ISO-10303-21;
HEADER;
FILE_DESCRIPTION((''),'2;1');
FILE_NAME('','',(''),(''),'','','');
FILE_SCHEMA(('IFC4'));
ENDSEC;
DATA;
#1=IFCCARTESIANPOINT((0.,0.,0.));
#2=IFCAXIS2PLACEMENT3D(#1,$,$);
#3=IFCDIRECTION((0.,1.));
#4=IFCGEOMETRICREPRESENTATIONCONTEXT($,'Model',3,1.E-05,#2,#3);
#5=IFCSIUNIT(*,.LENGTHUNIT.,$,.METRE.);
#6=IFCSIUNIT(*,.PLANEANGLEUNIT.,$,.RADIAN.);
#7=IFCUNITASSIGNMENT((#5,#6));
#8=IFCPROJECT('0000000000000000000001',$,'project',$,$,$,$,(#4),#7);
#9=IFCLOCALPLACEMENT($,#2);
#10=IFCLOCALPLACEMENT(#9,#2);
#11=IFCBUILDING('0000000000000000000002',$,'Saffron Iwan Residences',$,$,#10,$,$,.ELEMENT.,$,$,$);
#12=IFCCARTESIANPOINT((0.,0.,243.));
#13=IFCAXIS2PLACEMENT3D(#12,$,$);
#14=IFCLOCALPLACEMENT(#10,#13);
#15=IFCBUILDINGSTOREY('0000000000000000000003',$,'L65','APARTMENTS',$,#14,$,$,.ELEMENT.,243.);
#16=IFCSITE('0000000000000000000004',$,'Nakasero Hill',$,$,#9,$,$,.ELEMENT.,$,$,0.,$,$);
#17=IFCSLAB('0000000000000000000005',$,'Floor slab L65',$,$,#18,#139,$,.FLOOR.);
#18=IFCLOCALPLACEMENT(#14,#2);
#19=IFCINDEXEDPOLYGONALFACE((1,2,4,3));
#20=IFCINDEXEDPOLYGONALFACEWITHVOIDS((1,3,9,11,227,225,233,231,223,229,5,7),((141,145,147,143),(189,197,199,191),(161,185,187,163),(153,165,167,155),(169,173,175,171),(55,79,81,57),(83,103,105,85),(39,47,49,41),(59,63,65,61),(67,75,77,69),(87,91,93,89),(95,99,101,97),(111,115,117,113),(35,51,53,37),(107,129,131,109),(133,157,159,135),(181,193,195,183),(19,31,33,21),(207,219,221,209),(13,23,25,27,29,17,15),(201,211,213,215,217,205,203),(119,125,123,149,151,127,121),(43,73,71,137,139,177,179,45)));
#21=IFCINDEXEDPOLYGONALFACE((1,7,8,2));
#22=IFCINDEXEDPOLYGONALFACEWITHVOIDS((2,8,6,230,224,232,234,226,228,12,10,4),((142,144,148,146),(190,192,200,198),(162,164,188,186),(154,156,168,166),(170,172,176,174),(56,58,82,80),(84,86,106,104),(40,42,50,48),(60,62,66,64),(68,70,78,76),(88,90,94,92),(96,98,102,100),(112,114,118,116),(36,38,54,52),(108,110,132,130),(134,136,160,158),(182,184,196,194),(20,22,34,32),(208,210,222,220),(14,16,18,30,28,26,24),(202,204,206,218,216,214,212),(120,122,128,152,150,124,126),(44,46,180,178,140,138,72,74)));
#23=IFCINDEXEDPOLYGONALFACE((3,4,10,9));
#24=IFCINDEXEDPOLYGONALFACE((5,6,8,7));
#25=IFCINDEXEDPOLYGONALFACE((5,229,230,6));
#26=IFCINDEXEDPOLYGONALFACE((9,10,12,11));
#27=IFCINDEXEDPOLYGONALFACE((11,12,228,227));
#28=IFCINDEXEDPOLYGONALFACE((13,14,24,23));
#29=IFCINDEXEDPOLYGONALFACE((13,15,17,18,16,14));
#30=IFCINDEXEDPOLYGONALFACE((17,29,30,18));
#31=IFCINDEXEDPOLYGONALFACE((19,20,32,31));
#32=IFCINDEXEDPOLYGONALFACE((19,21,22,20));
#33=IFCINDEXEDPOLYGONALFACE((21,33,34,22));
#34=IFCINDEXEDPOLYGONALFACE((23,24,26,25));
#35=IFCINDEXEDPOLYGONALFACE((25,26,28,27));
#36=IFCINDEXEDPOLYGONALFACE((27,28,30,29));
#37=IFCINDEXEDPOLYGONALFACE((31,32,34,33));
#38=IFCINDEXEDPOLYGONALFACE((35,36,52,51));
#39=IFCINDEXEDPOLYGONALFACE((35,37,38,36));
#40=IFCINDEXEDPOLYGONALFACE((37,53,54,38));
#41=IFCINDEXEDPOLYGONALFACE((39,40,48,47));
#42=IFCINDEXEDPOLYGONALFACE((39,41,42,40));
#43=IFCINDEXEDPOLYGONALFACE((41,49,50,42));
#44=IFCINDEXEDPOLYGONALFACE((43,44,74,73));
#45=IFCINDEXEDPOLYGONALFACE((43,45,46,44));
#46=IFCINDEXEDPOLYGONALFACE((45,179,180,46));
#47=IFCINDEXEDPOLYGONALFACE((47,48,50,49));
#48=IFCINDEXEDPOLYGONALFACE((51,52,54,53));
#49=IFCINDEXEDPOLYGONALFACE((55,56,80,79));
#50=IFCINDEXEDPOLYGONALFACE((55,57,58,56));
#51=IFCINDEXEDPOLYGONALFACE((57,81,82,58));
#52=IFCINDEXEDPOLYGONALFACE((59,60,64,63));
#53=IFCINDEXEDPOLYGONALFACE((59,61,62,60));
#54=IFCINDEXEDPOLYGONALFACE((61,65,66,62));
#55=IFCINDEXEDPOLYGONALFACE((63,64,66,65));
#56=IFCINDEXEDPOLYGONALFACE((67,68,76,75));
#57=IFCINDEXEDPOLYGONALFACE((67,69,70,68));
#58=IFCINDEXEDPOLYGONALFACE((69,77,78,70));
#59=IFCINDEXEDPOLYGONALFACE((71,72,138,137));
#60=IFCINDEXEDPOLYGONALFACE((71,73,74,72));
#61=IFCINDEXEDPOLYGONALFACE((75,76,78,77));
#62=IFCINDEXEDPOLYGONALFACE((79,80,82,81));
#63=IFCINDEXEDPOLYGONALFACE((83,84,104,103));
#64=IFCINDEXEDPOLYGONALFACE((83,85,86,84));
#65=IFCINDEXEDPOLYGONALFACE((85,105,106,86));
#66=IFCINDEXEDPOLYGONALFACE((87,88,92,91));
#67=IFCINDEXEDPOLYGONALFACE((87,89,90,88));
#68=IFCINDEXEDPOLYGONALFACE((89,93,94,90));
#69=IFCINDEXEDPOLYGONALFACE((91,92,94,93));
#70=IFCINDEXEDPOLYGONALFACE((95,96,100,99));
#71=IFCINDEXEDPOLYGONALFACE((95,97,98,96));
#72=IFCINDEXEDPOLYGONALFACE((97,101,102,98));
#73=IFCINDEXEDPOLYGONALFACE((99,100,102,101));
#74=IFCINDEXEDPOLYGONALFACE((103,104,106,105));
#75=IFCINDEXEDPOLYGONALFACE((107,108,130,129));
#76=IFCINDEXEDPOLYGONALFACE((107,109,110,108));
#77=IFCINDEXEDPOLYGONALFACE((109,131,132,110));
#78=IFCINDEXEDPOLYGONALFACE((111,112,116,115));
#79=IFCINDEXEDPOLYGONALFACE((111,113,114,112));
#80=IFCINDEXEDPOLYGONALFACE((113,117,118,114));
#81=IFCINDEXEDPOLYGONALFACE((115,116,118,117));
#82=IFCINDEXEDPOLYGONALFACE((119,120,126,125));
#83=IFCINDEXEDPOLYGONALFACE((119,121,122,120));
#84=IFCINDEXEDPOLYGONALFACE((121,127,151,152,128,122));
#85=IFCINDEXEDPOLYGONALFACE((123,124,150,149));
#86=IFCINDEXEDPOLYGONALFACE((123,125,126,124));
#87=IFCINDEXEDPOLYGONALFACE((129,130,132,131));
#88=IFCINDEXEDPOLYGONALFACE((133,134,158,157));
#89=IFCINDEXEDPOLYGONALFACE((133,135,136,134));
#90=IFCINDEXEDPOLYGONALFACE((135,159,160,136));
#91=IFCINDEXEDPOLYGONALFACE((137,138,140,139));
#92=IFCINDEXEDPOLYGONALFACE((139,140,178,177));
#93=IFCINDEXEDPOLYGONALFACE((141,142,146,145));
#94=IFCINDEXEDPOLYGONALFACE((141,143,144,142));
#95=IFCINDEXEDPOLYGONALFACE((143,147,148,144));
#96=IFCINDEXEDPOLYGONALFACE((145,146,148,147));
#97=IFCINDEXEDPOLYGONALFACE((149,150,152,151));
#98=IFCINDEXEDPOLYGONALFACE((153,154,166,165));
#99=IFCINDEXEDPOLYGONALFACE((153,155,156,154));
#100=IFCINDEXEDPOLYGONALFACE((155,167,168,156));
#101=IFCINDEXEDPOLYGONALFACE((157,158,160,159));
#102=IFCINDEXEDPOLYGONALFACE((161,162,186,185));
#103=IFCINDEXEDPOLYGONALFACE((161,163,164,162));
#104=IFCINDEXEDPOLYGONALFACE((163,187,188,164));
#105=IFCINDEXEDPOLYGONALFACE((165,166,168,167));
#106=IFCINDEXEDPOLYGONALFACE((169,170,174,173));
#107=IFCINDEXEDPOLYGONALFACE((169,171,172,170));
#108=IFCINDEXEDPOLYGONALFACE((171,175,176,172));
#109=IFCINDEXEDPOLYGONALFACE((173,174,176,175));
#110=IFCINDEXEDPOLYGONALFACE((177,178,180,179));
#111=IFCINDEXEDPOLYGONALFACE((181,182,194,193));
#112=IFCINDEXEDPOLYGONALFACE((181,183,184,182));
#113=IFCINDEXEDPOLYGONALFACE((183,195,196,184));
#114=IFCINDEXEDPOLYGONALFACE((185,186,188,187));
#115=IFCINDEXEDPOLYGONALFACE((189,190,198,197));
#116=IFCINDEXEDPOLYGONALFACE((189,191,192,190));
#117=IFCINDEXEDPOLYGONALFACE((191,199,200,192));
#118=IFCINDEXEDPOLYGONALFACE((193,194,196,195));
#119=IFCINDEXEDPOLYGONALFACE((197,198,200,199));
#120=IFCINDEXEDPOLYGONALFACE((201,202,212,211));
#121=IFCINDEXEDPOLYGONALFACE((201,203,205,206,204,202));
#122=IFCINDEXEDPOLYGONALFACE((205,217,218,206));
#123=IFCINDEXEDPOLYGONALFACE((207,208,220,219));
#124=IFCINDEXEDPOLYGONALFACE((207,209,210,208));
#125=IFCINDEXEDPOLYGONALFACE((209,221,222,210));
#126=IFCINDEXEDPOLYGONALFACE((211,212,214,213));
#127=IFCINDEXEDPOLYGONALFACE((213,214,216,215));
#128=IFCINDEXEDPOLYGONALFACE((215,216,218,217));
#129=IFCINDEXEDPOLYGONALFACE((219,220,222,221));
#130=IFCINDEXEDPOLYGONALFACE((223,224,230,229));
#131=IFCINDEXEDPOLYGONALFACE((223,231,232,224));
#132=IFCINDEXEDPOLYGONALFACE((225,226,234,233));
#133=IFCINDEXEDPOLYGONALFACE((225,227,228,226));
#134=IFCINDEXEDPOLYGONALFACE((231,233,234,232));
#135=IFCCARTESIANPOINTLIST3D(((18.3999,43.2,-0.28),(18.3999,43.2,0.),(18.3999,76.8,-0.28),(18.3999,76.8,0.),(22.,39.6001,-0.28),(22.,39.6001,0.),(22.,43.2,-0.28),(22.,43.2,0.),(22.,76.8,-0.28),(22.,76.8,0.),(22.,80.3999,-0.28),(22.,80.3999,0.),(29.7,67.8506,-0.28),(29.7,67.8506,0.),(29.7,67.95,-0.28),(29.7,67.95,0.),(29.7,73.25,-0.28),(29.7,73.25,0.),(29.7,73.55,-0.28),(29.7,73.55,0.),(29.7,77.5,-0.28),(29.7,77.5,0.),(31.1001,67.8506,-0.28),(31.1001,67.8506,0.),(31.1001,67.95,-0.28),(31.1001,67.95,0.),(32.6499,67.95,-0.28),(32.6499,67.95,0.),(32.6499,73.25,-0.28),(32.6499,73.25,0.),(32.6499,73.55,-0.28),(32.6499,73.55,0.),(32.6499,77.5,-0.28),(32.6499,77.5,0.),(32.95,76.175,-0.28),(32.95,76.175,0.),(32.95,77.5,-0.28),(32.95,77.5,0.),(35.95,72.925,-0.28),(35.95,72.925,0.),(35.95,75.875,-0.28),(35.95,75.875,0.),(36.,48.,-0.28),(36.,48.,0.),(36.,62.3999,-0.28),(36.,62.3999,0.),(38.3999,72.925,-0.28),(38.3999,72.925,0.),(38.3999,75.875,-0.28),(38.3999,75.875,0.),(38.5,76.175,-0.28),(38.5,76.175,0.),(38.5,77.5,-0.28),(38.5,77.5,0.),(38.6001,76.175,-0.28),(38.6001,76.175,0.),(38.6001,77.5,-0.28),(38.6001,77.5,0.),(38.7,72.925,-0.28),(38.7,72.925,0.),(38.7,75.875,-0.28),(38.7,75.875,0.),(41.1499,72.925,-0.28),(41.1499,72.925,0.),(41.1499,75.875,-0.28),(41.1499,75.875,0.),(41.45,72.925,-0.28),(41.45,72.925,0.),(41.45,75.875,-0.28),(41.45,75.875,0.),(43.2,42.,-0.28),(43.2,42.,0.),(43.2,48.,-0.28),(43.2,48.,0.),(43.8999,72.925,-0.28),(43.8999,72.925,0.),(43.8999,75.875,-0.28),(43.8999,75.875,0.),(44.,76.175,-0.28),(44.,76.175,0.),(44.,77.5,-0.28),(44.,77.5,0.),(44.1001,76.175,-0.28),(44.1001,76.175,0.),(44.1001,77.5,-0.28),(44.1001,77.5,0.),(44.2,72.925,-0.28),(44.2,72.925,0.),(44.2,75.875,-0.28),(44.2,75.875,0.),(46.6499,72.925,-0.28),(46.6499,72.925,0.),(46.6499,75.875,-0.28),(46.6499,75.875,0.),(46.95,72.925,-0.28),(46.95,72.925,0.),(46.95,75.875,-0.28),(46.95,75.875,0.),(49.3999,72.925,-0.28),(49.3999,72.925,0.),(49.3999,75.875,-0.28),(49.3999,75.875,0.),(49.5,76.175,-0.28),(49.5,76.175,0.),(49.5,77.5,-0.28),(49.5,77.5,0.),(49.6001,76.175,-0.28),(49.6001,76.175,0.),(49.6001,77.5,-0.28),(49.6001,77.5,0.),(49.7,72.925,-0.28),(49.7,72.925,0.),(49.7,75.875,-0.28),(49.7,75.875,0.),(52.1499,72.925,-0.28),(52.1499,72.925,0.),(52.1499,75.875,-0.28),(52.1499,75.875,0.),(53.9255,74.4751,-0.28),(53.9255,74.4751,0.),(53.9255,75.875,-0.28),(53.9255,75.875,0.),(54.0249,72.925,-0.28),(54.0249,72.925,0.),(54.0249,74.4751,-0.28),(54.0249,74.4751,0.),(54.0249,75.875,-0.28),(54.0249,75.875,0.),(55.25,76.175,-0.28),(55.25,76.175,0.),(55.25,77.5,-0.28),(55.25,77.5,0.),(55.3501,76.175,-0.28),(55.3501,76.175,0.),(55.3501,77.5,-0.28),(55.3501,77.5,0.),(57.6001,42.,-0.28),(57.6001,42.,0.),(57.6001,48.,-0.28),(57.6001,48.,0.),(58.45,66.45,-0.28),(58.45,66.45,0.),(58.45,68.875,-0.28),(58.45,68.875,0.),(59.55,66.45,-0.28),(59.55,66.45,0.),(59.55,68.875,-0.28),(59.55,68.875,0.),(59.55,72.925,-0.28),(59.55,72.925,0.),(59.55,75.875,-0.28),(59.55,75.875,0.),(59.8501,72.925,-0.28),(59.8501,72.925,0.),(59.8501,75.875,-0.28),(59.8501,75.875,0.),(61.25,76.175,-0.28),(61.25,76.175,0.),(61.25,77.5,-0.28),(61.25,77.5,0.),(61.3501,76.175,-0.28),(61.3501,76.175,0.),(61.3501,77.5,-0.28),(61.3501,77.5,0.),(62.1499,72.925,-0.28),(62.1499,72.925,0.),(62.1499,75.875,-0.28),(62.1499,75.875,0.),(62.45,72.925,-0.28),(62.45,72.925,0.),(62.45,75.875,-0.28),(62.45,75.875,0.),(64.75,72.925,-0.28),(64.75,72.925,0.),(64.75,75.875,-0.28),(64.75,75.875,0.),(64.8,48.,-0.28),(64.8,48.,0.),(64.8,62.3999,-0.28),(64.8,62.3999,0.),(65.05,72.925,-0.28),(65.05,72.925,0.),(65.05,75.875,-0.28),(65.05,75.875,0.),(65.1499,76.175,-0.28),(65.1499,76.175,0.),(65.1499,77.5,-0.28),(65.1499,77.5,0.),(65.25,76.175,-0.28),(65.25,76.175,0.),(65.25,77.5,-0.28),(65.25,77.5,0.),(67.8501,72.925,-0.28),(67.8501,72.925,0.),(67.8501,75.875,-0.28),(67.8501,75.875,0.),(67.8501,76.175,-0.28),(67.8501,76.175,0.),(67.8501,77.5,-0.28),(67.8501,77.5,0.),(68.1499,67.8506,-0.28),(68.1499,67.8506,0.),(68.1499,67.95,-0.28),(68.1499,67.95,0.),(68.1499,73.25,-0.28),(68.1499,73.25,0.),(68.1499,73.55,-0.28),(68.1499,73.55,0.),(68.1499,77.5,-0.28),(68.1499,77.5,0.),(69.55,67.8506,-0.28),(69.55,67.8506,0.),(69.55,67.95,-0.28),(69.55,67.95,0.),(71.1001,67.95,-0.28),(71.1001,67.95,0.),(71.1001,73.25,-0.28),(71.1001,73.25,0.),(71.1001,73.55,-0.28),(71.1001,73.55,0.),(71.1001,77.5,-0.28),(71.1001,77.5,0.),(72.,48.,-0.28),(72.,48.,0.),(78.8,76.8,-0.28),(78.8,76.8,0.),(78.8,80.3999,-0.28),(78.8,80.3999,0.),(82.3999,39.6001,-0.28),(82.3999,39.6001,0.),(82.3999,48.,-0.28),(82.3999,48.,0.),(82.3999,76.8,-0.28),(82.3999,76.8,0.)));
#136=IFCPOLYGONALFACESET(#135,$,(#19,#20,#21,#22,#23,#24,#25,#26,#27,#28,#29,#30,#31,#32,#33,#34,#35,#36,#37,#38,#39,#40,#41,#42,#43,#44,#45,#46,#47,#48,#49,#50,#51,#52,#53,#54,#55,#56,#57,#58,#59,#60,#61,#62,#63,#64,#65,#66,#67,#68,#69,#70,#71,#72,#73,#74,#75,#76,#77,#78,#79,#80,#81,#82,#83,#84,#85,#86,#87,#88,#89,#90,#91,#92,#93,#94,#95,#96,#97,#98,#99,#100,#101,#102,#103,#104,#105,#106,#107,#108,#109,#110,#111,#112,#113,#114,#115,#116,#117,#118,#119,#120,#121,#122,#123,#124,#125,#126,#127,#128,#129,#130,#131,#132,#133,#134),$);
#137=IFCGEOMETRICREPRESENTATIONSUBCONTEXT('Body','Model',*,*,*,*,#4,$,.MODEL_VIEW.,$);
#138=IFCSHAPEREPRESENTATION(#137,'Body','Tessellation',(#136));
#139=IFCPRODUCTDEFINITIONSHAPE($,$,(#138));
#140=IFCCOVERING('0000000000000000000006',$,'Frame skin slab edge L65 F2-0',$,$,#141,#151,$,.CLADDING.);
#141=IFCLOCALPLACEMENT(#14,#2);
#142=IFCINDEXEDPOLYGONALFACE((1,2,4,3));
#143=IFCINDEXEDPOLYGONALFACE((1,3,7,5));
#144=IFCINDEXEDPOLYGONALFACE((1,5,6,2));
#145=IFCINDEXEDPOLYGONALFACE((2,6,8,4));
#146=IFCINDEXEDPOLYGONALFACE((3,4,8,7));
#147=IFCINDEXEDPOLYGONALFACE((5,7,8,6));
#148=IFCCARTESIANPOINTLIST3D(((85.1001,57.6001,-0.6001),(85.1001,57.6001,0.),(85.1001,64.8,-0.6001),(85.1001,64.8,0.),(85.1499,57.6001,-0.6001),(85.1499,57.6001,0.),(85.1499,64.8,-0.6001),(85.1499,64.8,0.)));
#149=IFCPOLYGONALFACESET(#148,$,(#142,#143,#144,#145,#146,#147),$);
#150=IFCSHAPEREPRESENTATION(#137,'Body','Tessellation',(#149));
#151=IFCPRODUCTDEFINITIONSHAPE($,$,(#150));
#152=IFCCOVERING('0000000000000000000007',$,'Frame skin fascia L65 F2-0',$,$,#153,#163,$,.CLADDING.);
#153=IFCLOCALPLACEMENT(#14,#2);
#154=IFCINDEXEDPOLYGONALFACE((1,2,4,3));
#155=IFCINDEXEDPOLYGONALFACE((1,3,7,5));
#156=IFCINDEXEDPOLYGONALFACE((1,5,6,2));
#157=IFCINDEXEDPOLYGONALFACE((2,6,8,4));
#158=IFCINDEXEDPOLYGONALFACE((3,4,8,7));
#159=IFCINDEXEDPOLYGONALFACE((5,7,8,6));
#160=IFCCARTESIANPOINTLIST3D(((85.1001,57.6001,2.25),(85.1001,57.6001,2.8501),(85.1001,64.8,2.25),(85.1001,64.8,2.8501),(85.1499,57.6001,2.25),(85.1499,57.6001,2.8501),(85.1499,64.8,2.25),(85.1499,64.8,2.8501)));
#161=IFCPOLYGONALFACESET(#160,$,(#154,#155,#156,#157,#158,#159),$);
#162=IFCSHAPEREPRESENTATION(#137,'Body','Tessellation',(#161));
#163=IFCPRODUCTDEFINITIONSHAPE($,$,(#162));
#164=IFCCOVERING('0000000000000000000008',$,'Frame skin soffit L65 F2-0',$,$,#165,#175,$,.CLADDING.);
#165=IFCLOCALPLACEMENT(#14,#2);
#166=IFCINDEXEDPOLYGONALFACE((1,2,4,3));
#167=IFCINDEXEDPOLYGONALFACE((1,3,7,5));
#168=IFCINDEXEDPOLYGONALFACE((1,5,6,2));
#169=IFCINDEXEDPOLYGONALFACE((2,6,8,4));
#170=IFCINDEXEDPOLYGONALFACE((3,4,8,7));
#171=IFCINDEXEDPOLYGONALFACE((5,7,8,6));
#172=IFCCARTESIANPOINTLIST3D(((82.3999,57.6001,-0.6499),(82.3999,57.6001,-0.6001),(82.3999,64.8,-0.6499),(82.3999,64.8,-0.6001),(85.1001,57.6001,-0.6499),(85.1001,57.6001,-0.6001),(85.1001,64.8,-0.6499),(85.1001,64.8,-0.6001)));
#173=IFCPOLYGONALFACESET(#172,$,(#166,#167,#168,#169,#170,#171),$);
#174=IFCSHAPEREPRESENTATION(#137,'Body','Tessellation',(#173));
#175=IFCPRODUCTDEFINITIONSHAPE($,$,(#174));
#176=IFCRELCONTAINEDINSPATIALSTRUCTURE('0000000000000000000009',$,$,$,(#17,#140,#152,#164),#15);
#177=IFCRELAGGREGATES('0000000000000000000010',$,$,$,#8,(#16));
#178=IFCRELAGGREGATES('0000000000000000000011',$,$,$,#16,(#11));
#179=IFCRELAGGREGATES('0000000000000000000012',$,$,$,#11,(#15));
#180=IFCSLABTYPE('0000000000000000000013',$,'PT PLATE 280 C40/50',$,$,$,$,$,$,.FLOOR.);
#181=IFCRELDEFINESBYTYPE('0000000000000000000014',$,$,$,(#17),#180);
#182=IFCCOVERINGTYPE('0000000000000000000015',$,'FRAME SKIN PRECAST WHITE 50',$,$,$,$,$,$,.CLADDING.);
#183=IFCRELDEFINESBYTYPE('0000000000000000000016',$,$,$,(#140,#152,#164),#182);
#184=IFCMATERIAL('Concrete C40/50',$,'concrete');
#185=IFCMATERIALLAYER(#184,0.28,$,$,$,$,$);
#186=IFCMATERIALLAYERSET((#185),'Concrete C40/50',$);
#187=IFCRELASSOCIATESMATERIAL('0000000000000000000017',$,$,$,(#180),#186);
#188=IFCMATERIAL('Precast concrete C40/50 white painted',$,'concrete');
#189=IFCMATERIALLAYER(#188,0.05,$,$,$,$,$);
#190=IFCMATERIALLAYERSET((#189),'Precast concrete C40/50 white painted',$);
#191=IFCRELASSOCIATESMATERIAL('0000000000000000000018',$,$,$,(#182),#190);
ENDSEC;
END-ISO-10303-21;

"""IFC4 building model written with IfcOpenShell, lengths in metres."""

from ifc_helpers import new_model, si_unit, direction, frame, origin, place, context, subcontext, project, spatial, polyline, outline, extrude, material, layer, layer_set, type_object, element, save


model = new_model("IFC4")

# Units and contexts
model_context = context("Model", 3, precision=1e-05, world=origin(), true_north=direction((0.0, 1.0)))
body_context = subcontext(model_context, "Body", "Model", "MODEL_VIEW")
ifc_project = project(units=[si_unit("LENGTHUNIT", "METRE"), si_unit("PLANEANGLEUNIT", "RADIAN")], contexts=[model_context])

# Site, building, storey
site_placement = place(None, origin())
site = spatial("IfcSite", under=ifc_project, at=site_placement, Name="Nakasero Hill", CompositionType="ELEMENT", RefElevation=0.0)
building_placement = place(site_placement, origin())
building = spatial("IfcBuilding", under=site, at=building_placement, Name="Saffron Iwan Residences", CompositionType="ELEMENT")
storey_placement = place(building_placement, frame((0.0, 0.0, 243.0)))
storey = spatial("IfcBuildingStorey", under=building, at=storey_placement, Name="L65", Description="APARTMENTS", CompositionType="ELEMENT", Elevation=243.0)

# Slab
ifc_material_1 = material(Name="Concrete C40/50", Category="concrete")
ifc_layer_1 = layer(ifc_material_1, 0.28)
ifc_layer_set_1 = layer_set([ifc_layer_1], Name="Concrete C40/50")
slab_type_1 = type_object("IfcSlabType", Name="PT PLATE 280 C40/50", PredefinedType="FLOOR", material=ifc_layer_set_1)
slab_1_placement = place(storey_placement, frame((0.0, 0.0, -0.28)))
element("IfcSlab", 1, at=slab_1_placement, inside=storey, type_object=slab_type_1, Name="Floor slab L65", PredefinedType="FLOOR", context=body_context, shape_type="SweptSolid", body=[
    extrude(outline(polyline([(18.3999, 43.2), (18.3999, 76.8), (22.0, 76.8), (22.0, 80.3999), (78.8, 80.3999), (78.8, 76.8), (82.3999, 76.8), (82.3999, 48.0), (72.0, 48.0), (82.3999, 39.6001), (22.0, 39.6001), (22.0, 43.2), (18.3999, 43.2)]), holes=[polyline([(64.8, 48.0), (64.8, 62.3999), (36.0, 62.3999), (36.0, 48.0), (43.2, 48.0), (43.2, 42.0), (57.6001, 42.0), (57.6001, 48.0), (64.8, 48.0)]), polyline([(29.7, 73.25), (29.7, 67.95), (29.7, 67.8506), (31.1001, 67.8506), (31.1001, 67.95), (32.6499, 67.95), (32.6499, 73.25), (29.7, 73.25)]), polyline([(38.3999, 75.875), (35.95, 75.875), (35.95, 72.925), (38.3999, 72.925), (38.3999, 75.875)]), polyline([(41.1499, 75.875), (38.7, 75.875), (38.7, 72.925), (41.1499, 72.925), (41.1499, 75.875)]), polyline([(43.8999, 72.925), (43.8999, 75.875), (41.45, 75.875), (41.45, 72.925), (43.8999, 72.925)]), polyline([(46.6499, 72.925), (46.6499, 75.875), (44.2, 75.875), (44.2, 72.925), (46.6499, 72.925)]), polyline([(49.3999, 75.875), (46.95, 75.875), (46.95, 72.925), (49.3999, 72.925), (49.3999, 75.875)]), polyline([(52.1499, 72.925), (52.1499, 75.875), (49.7, 75.875), (49.7, 72.925), (52.1499, 72.925)]), polyline([(32.6499, 73.55), (32.6499, 77.5), (29.7, 77.5), (29.7, 73.55), (32.6499, 73.55)]), polyline([(38.5, 77.5), (32.95, 77.5), (32.95, 76.175), (38.5, 76.175), (38.5, 77.5)]), polyline([(44.0, 76.175), (44.0, 77.5), (38.6001, 77.5), (38.6001, 76.175), (44.0, 76.175)]), polyline([(49.5, 76.175), (49.5, 77.5), (44.1001, 77.5), (44.1001, 76.175), (49.5, 76.175)]), polyline([(59.55, 68.875), (58.45, 68.875), (58.45, 66.45), (59.55, 66.45), (59.55, 68.875)]), polyline([(68.1499, 73.25), (68.1499, 67.95), (68.1499, 67.8506), (69.55, 67.8506), (69.55, 67.95), (71.1001, 67.95), (71.1001, 73.25), (68.1499, 73.25)]), polyline([(54.0249, 74.4751), (54.0249, 72.925), (59.55, 72.925), (59.55, 75.875), (54.0249, 75.875), (53.9255, 75.875), (53.9255, 74.4751), (54.0249, 74.4751)]), polyline([(62.1499, 72.925), (62.1499, 75.875), (59.8501, 75.875), (59.8501, 72.925), (62.1499, 72.925)]), polyline([(64.75, 72.925), (64.75, 75.875), (62.45, 75.875), (62.45, 72.925), (64.75, 72.925)]), polyline([(67.8501, 75.875), (65.05, 75.875), (65.05, 72.925), (67.8501, 72.925), (67.8501, 75.875)]), polyline([(71.1001, 73.55), (71.1001, 77.5), (68.1499, 77.5), (68.1499, 73.55), (71.1001, 73.55)]), polyline([(55.25, 76.175), (55.25, 77.5), (49.6001, 77.5), (49.6001, 76.175), (55.25, 76.175)]), polyline([(61.25, 77.5), (55.3501, 77.5), (55.3501, 76.175), (61.25, 76.175), (61.25, 77.5)]), polyline([(65.1499, 76.175), (65.1499, 77.5), (61.3501, 77.5), (61.3501, 76.175), (65.1499, 76.175)]), polyline([(67.8501, 76.175), (67.8501, 77.5), (65.25, 77.5), (65.25, 76.175), (67.8501, 76.175)])]), origin(), (0.0, 0.0, 1.0), 0.28),
])

# Coverings
ifc_material_2 = material(Name="Precast concrete C40/50 white painted", Category="concrete")
ifc_layer_2 = layer(ifc_material_2, 0.05)
ifc_layer_set_2 = layer_set([ifc_layer_2], Name="Precast concrete C40/50 white painted")
covering_type_1 = type_object("IfcCoveringType", Name="FRAME SKIN PRECAST WHITE 50", PredefinedType="CLADDING", material=ifc_layer_set_2)
for number, where, name in (
    (2, (0.0, 0.0, -0.6001), "Frame skin slab edge L65 F2-0"),
    (3, (0.0, 0.0, 2.25), "Frame skin fascia L65 F2-0"),
):
    element("IfcCovering", number, at=place(storey_placement, frame(where)), inside=storey, type_object=covering_type_1, Name=name, PredefinedType="CLADDING", context=body_context, shape_type="SweptSolid", body=[
        extrude(outline(polyline([(85.1499, 57.6001), (85.1499, 64.8), (85.1001, 64.8), (85.1001, 57.6001), (85.1499, 57.6001)])), origin(), (0.0, 0.0, 1.0), 0.6001),
    ])
covering_1_placement = place(storey_placement, frame((0.0, 0.0, -0.6499)))
element("IfcCovering", 4, at=covering_1_placement, inside=storey, type_object=covering_type_1, Name="Frame skin soffit L65 F2-0", PredefinedType="CLADDING", context=body_context, shape_type="SweptSolid", body=[
    extrude(outline(polyline([(85.1001, 57.6001), (85.1001, 64.8), (82.3999, 64.8), (82.3999, 57.6001), (85.1001, 57.6001)])), origin(), (0.0, 0.0, 1.0), 0.0498),
])

save(model, "model.ifc")
